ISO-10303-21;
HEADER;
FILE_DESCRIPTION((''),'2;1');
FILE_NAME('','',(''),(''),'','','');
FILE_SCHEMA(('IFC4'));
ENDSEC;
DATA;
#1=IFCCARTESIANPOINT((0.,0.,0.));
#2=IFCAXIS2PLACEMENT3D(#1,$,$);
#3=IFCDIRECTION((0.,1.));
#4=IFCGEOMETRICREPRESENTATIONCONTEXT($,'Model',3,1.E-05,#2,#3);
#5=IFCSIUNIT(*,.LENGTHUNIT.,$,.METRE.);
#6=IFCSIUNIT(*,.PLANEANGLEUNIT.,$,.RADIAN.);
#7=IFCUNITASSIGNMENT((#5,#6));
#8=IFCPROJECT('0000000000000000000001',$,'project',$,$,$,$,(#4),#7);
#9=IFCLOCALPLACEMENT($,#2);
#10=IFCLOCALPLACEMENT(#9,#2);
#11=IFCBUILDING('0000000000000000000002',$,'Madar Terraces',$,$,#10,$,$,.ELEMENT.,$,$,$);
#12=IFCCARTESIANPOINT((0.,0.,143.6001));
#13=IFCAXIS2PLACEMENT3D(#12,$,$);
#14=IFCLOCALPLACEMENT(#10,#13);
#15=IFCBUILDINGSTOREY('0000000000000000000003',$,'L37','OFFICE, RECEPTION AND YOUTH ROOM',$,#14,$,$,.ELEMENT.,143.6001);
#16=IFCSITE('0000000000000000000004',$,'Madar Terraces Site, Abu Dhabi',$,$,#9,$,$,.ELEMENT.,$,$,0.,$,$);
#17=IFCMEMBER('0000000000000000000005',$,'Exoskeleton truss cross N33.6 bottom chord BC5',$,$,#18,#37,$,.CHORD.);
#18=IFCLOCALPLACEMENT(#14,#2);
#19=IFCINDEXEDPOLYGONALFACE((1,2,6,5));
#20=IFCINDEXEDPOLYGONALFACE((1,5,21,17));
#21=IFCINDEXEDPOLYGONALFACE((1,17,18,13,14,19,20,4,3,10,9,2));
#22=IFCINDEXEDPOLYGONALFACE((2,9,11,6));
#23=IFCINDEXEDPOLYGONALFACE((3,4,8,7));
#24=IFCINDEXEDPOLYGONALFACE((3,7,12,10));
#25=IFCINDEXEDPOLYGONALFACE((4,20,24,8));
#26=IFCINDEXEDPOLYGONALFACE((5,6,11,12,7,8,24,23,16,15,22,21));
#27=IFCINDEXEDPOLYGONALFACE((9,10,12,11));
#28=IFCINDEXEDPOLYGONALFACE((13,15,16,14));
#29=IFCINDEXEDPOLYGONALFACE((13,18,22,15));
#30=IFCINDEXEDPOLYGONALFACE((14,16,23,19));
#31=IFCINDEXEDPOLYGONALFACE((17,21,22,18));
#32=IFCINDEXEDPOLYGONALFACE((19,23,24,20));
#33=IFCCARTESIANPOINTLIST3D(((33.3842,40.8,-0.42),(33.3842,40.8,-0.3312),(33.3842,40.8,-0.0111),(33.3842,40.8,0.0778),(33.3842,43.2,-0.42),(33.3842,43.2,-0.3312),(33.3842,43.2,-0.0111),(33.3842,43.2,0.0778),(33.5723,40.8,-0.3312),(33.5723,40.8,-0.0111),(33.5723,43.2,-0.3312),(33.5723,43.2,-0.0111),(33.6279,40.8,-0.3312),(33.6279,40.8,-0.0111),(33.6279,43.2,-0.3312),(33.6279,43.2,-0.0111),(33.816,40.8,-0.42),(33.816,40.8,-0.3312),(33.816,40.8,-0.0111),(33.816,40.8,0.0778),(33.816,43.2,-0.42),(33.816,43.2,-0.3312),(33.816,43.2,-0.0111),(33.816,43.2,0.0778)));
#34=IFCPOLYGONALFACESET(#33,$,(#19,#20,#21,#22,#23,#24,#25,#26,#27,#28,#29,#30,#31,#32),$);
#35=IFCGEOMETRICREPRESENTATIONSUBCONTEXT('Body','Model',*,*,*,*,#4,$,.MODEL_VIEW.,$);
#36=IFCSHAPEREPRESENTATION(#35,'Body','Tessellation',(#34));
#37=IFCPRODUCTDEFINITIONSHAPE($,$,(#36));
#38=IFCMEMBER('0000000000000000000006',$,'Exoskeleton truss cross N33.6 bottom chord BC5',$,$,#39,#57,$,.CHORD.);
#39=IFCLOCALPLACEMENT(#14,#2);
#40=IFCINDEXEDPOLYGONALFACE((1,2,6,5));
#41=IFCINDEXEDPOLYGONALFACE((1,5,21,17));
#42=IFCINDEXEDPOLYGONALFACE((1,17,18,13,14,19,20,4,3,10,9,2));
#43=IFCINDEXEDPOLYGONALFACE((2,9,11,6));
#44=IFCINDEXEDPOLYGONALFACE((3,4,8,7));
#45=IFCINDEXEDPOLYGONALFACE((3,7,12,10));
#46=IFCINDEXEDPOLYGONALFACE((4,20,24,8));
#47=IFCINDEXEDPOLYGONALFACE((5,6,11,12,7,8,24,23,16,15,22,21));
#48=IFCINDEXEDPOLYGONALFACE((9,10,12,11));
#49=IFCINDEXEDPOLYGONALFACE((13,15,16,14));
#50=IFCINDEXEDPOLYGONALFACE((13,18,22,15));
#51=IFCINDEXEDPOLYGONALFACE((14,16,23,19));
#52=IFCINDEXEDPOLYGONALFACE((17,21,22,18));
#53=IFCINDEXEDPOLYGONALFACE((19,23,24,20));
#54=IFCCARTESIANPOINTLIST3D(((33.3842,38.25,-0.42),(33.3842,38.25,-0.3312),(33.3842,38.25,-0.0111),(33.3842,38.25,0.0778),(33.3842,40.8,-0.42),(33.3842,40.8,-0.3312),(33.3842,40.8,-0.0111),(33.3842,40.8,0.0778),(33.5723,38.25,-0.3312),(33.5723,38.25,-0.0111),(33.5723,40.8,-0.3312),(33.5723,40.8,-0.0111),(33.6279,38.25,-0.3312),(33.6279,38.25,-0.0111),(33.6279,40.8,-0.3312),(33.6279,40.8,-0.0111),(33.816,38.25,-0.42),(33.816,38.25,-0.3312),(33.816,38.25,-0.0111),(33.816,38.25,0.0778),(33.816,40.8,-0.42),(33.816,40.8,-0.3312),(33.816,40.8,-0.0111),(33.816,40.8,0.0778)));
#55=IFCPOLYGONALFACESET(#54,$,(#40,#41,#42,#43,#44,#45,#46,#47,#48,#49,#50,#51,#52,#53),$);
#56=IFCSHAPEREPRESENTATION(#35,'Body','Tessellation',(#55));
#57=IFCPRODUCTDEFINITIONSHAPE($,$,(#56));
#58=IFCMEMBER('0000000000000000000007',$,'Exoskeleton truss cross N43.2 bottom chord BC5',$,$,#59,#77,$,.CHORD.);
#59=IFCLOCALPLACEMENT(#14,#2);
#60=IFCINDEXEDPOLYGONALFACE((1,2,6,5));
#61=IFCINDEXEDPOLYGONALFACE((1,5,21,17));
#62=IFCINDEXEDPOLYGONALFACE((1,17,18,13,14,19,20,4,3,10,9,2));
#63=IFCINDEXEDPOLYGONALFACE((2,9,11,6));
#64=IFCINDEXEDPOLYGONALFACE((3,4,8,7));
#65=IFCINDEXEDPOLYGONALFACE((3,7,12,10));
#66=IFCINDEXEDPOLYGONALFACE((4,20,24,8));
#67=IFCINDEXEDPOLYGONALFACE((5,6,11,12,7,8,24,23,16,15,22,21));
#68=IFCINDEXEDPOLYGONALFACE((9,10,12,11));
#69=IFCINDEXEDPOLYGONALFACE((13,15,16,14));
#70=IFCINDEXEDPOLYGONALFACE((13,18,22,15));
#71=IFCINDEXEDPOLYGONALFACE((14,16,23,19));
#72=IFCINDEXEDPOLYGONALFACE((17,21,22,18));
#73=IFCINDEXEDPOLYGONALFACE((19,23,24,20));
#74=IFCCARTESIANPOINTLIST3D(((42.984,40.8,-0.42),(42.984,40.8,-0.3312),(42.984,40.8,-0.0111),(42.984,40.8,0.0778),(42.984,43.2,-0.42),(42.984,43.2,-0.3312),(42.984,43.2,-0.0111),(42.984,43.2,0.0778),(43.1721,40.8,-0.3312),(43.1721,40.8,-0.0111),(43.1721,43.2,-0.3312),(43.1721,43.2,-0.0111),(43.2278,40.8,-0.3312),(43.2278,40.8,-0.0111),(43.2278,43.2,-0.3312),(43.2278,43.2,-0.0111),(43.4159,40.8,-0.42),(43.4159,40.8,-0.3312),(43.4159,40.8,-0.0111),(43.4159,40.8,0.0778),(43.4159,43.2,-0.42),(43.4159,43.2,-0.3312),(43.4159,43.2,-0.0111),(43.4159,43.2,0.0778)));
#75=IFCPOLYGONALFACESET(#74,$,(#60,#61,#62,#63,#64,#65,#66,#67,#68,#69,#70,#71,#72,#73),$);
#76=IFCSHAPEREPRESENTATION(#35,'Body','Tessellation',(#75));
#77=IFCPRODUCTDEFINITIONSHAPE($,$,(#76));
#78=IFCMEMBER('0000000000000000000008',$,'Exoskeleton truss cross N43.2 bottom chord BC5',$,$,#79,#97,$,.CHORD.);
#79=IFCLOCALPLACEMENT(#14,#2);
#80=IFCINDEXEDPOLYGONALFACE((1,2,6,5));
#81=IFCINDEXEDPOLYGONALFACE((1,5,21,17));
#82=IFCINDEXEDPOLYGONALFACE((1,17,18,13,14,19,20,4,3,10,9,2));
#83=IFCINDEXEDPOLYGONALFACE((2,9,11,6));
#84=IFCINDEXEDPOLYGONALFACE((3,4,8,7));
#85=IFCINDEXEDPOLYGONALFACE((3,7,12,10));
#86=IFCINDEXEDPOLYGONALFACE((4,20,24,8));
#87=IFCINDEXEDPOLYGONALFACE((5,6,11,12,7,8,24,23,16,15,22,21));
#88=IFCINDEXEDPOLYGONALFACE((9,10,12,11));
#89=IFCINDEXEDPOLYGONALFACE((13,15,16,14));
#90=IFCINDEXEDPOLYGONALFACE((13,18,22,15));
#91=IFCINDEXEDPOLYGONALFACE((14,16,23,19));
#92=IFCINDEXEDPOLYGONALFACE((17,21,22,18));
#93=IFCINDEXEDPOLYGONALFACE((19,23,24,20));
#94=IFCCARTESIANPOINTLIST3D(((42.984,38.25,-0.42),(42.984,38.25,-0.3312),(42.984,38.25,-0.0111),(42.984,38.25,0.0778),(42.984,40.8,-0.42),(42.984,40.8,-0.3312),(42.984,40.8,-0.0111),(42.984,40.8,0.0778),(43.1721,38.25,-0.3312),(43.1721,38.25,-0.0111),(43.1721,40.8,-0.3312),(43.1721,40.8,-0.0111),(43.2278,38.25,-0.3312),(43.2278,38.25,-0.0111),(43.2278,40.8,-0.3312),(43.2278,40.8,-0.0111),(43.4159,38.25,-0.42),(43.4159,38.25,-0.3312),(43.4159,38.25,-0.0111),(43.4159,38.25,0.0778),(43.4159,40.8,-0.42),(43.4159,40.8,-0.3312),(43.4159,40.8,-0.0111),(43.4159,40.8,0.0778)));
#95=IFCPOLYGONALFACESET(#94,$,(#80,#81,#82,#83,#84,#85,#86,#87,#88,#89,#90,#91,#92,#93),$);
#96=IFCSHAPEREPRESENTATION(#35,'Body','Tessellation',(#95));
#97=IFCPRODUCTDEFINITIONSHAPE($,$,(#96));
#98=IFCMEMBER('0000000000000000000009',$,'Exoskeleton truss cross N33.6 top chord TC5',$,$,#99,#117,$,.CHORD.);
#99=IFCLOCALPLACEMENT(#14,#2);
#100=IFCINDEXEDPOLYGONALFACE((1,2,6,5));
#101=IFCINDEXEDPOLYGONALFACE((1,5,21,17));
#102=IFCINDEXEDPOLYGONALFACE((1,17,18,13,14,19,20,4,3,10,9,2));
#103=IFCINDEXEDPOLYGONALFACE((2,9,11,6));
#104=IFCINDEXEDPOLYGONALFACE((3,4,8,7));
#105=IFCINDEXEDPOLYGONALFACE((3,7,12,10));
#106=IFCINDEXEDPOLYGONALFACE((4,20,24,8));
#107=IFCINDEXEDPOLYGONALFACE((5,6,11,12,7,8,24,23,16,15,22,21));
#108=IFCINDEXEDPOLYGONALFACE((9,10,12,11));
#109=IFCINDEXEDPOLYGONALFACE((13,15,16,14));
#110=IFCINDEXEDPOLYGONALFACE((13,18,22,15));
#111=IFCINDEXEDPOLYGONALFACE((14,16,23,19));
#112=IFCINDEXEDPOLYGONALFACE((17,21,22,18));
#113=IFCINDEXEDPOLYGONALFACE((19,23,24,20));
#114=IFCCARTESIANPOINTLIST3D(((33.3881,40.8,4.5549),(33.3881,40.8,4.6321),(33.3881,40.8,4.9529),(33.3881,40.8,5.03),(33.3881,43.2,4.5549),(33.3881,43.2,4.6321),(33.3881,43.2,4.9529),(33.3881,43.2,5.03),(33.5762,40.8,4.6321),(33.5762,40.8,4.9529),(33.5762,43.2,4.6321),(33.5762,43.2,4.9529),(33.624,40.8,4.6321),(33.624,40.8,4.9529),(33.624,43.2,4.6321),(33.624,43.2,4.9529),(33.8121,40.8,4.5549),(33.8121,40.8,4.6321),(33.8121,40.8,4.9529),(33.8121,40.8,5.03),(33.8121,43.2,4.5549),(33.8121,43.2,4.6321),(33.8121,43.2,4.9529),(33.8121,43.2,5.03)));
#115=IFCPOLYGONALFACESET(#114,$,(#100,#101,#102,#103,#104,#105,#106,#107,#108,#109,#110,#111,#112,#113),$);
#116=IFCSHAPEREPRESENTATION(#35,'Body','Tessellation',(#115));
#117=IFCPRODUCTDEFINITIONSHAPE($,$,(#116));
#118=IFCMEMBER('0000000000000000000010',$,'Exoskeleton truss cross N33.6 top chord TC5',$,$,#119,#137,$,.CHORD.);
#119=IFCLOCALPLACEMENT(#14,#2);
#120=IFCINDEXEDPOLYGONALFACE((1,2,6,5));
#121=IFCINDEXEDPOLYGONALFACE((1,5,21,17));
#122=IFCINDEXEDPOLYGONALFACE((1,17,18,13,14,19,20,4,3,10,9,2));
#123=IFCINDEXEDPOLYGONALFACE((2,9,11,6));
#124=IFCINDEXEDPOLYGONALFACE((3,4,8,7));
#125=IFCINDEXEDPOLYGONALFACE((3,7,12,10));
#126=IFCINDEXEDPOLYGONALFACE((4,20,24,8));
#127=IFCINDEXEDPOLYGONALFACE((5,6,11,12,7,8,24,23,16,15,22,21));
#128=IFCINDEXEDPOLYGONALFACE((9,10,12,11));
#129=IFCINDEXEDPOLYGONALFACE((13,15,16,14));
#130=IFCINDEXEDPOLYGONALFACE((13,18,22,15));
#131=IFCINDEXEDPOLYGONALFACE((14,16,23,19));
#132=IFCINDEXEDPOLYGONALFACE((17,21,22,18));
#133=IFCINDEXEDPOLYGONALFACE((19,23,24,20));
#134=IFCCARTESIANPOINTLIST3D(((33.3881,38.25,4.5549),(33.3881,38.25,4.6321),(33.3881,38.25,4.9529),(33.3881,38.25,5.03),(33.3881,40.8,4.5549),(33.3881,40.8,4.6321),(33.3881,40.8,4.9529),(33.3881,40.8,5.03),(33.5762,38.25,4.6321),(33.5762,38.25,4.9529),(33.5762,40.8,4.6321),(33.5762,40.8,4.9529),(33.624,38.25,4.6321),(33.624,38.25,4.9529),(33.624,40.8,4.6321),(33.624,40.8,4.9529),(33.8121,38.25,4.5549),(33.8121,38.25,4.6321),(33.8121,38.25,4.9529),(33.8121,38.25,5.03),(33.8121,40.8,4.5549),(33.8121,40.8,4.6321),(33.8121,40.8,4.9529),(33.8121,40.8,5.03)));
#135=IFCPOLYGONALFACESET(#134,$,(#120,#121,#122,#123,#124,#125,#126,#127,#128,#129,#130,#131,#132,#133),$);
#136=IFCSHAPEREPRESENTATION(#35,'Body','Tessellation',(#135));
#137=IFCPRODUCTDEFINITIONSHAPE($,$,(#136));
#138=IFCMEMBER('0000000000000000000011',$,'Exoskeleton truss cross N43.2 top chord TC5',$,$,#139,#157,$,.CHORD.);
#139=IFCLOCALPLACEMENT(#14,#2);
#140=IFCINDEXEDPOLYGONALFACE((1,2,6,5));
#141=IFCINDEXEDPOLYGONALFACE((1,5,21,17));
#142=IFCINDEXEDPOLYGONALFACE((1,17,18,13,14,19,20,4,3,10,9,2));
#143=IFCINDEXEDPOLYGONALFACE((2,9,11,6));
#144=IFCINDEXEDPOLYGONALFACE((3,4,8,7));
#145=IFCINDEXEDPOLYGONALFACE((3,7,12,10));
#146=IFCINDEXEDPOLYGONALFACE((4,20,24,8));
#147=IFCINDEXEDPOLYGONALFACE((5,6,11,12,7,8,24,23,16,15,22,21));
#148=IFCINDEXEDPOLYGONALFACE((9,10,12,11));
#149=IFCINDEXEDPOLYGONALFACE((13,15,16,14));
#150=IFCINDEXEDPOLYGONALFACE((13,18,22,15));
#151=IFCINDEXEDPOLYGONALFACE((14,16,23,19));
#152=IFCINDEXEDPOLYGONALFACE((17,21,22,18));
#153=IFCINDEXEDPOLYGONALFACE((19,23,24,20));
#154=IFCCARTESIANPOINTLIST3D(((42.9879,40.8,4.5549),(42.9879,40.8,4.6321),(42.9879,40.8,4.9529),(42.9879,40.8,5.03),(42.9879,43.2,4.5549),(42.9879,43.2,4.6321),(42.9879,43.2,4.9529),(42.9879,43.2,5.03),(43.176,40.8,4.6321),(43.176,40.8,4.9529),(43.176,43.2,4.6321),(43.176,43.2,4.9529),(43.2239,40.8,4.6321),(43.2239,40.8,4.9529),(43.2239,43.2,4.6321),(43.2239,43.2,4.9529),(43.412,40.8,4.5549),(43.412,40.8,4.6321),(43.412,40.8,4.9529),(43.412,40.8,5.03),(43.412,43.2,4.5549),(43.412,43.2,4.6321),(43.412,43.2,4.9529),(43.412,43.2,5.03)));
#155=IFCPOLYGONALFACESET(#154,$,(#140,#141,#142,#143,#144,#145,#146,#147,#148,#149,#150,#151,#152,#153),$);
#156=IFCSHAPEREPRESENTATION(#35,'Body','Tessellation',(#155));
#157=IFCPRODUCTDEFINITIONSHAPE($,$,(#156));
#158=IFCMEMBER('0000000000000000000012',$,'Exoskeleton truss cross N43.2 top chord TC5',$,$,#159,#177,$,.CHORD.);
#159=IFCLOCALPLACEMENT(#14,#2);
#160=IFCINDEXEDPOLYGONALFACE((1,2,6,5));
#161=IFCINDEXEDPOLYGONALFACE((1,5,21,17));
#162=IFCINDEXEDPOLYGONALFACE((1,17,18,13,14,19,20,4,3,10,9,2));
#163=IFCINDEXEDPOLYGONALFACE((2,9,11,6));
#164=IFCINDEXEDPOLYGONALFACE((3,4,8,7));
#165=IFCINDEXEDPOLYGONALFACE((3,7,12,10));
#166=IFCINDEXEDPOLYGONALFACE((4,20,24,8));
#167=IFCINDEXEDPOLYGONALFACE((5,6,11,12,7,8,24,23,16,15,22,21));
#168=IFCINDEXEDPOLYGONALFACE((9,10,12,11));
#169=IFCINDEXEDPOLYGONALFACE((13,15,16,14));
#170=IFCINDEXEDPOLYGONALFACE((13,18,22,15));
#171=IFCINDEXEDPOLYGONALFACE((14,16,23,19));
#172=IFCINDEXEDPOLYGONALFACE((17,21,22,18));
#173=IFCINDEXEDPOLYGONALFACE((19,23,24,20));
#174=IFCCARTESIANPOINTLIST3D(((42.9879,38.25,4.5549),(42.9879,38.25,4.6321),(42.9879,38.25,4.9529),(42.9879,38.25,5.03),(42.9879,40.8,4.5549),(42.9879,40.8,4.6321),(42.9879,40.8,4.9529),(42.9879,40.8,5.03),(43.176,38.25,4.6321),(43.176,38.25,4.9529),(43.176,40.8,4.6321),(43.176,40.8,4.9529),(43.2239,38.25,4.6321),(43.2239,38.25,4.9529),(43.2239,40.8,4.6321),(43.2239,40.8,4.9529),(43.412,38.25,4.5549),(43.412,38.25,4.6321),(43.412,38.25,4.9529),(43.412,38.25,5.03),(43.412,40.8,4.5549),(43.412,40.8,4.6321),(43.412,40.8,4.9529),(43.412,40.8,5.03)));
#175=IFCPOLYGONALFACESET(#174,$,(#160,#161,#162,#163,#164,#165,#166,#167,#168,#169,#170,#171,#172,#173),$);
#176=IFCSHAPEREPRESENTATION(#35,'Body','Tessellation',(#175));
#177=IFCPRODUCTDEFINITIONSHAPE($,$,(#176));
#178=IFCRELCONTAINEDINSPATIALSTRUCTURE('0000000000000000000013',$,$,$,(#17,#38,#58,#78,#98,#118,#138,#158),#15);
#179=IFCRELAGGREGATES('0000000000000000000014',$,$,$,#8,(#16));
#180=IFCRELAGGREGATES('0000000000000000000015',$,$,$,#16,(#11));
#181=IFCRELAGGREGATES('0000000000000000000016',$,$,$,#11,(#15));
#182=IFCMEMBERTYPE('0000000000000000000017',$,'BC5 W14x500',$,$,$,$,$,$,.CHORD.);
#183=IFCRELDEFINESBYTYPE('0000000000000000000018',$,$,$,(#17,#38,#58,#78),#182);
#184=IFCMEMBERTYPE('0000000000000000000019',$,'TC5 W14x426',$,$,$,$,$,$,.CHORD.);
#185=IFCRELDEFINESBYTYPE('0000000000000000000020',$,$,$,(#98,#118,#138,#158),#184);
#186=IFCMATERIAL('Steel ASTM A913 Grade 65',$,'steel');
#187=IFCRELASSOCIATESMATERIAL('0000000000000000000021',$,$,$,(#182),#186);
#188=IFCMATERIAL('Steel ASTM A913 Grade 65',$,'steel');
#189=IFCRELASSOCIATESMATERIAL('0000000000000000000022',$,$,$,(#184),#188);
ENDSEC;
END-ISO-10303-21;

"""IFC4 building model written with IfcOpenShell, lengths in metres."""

from ifc_helpers import new_model, si_unit, direction, frame, origin, origin_2d, place, context, subcontext, project, spatial, i_section, extrude, material, material_profile, profile_set, type_object, element, save


model = new_model("IFC4")

# Units and contexts
model_context = context("Model", 3, precision=1e-05, world=origin(), true_north=direction((0.0, 1.0)))
body_context = subcontext(model_context, "Body", "Model", "MODEL_VIEW")
ifc_project = project(units=[si_unit("LENGTHUNIT", "METRE"), si_unit("PLANEANGLEUNIT", "RADIAN")], contexts=[model_context])

# Site, building, storey
site_placement = place(None, origin())
site = spatial("IfcSite", under=ifc_project, at=site_placement, Name="Madar Terraces Site, Abu Dhabi", CompositionType="ELEMENT", RefElevation=0.0)
building_placement = place(site_placement, origin())
building = spatial("IfcBuilding", under=site, at=building_placement, Name="Madar Terraces", CompositionType="ELEMENT")
storey_placement = place(building_placement, frame((0.0, 0.0, 143.6001)))
storey = spatial("IfcBuildingStorey", under=building, at=storey_placement, Name="L37", Description="OFFICE, RECEPTION AND YOUTH ROOM", CompositionType="ELEMENT", Elevation=143.6001)

# Members
ifc_material_1 = material(Name="Steel ASTM A913 Grade 65", Category="steel")
ifc_material_profile_1 = material_profile(ifc_material_1, i_section(OverallWidth=0.4319, OverallDepth=0.4978, WebThickness=0.0557, FlangeThickness=0.0889, at=origin_2d()), Name="W14x500")
ifc_profile_set_1 = profile_set([ifc_material_profile_1], Name="Steel ASTM A913 Grade 65")
member_type_1 = type_object("IfcMemberType", Name="BC5 W14x500", PredefinedType="CHORD", material=ifc_profile_set_1)
member_1_placement = place(storey_placement, frame((33.6001, 43.2, -0.1711), z_axis=(0.0, -1.0, 0.0), x_axis=(1.0, 0.0, 0.0)))
element("IfcMember", 1, at=member_1_placement, inside=storey, type_object=member_type_1, Name="Exoskeleton truss cross N33.6 bottom chord BC5", PredefinedType="CHORD", context=body_context, shape_type="SweptSolid", body=[
    extrude(i_section(OverallWidth=0.4319, OverallDepth=0.4978, WebThickness=0.0557, FlangeThickness=0.0889, at=origin_2d()), origin(), (0.0, 0.0, 1.0), 2.3999),
])
member_2_placement = place(storey_placement, frame((33.6001, 40.8, -0.1711), z_axis=(0.0, -1.0, 0.0), x_axis=(1.0, 0.0, 0.0)))
element("IfcMember", 2, at=member_2_placement, inside=storey, type_object=member_type_1, Name="Exoskeleton truss cross N33.6 bottom chord BC5", PredefinedType="CHORD", context=body_context, shape_type="SweptSolid", body=[
    extrude(i_section(OverallWidth=0.4319, OverallDepth=0.4978, WebThickness=0.0557, FlangeThickness=0.0889, at=origin_2d()), origin(), (0.0, 0.0, 1.0), 2.55),
])
member_3_placement = place(storey_placement, frame((43.2, 43.2, -0.1711), z_axis=(0.0, -1.0, 0.0), x_axis=(1.0, 0.0, 0.0)))
element("IfcMember", 3, at=member_3_placement, inside=storey, type_object=member_type_1, Name="Exoskeleton truss cross N43.2 bottom chord BC5", PredefinedType="CHORD", context=body_context, shape_type="SweptSolid", body=[
    extrude(i_section(OverallWidth=0.4319, OverallDepth=0.4978, WebThickness=0.0557, FlangeThickness=0.0889, at=origin_2d()), origin(), (0.0, 0.0, 1.0), 2.3999),
])
member_4_placement = place(storey_placement, frame((43.2, 40.8, -0.1711), z_axis=(0.0, -1.0, 0.0), x_axis=(1.0, 0.0, 0.0)))
element("IfcMember", 4, at=member_4_placement, inside=storey, type_object=member_type_1, Name="Exoskeleton truss cross N43.2 bottom chord BC5", PredefinedType="CHORD", context=body_context, shape_type="SweptSolid", body=[
    extrude(i_section(OverallWidth=0.4319, OverallDepth=0.4978, WebThickness=0.0557, FlangeThickness=0.0889, at=origin_2d()), origin(), (0.0, 0.0, 1.0), 2.55),
])
ifc_material_2 = material(Name="Steel ASTM A913 Grade 65", Category="steel")
ifc_material_profile_2 = material_profile(ifc_material_2, i_section(OverallWidth=0.4241, OverallDepth=0.4751, WebThickness=0.0479, FlangeThickness=0.0771, at=origin_2d()), Name="W14x426")
ifc_profile_set_2 = profile_set([ifc_material_profile_2], Name="Steel ASTM A913 Grade 65")
member_type_2 = type_object("IfcMemberType", Name="TC5 W14x426", PredefinedType="CHORD", material=ifc_profile_set_2)
member_5_placement = place(storey_placement, frame((33.6001, 43.2, 4.7925), z_axis=(0.0, -1.0, 0.0), x_axis=(1.0, 0.0, 0.0)))
element("IfcMember", 5, at=member_5_placement, inside=storey, type_object=member_type_2, Name="Exoskeleton truss cross N33.6 top chord TC5", PredefinedType="CHORD", context=body_context, shape_type="SweptSolid", body=[
    extrude(i_section(OverallWidth=0.4241, OverallDepth=0.4751, WebThickness=0.0479, FlangeThickness=0.0771, at=origin_2d()), origin(), (0.0, 0.0, 1.0), 2.3999),
])
member_6_placement = place(storey_placement, frame((33.6001, 40.8, 4.7925), z_axis=(0.0, -1.0, 0.0), x_axis=(1.0, 0.0, 0.0)))
element("IfcMember", 6, at=member_6_placement, inside=storey, type_object=member_type_2, Name="Exoskeleton truss cross N33.6 top chord TC5", PredefinedType="CHORD", context=body_context, shape_type="SweptSolid", body=[
    extrude(i_section(OverallWidth=0.4241, OverallDepth=0.4751, WebThickness=0.0479, FlangeThickness=0.0771, at=origin_2d()), origin(), (0.0, 0.0, 1.0), 2.55),
])
member_7_placement = place(storey_placement, frame((43.2, 43.2, 4.7925), z_axis=(0.0, -1.0, 0.0), x_axis=(1.0, 0.0, 0.0)))
element("IfcMember", 7, at=member_7_placement, inside=storey, type_object=member_type_2, Name="Exoskeleton truss cross N43.2 top chord TC5", PredefinedType="CHORD", context=body_context, shape_type="SweptSolid", body=[
    extrude(i_section(OverallWidth=0.4241, OverallDepth=0.4751, WebThickness=0.0479, FlangeThickness=0.0771, at=origin_2d()), origin(), (0.0, 0.0, 1.0), 2.3999),
])
member_8_placement = place(storey_placement, frame((43.2, 40.8, 4.7925), z_axis=(0.0, -1.0, 0.0), x_axis=(1.0, 0.0, 0.0)))
element("IfcMember", 8, at=member_8_placement, inside=storey, type_object=member_type_2, Name="Exoskeleton truss cross N43.2 top chord TC5", PredefinedType="CHORD", context=body_context, shape_type="SweptSolid", body=[
    extrude(i_section(OverallWidth=0.4241, OverallDepth=0.4751, WebThickness=0.0479, FlangeThickness=0.0771, at=origin_2d()), origin(), (0.0, 0.0, 1.0), 2.55),
])

save(model, "model.ifc")
